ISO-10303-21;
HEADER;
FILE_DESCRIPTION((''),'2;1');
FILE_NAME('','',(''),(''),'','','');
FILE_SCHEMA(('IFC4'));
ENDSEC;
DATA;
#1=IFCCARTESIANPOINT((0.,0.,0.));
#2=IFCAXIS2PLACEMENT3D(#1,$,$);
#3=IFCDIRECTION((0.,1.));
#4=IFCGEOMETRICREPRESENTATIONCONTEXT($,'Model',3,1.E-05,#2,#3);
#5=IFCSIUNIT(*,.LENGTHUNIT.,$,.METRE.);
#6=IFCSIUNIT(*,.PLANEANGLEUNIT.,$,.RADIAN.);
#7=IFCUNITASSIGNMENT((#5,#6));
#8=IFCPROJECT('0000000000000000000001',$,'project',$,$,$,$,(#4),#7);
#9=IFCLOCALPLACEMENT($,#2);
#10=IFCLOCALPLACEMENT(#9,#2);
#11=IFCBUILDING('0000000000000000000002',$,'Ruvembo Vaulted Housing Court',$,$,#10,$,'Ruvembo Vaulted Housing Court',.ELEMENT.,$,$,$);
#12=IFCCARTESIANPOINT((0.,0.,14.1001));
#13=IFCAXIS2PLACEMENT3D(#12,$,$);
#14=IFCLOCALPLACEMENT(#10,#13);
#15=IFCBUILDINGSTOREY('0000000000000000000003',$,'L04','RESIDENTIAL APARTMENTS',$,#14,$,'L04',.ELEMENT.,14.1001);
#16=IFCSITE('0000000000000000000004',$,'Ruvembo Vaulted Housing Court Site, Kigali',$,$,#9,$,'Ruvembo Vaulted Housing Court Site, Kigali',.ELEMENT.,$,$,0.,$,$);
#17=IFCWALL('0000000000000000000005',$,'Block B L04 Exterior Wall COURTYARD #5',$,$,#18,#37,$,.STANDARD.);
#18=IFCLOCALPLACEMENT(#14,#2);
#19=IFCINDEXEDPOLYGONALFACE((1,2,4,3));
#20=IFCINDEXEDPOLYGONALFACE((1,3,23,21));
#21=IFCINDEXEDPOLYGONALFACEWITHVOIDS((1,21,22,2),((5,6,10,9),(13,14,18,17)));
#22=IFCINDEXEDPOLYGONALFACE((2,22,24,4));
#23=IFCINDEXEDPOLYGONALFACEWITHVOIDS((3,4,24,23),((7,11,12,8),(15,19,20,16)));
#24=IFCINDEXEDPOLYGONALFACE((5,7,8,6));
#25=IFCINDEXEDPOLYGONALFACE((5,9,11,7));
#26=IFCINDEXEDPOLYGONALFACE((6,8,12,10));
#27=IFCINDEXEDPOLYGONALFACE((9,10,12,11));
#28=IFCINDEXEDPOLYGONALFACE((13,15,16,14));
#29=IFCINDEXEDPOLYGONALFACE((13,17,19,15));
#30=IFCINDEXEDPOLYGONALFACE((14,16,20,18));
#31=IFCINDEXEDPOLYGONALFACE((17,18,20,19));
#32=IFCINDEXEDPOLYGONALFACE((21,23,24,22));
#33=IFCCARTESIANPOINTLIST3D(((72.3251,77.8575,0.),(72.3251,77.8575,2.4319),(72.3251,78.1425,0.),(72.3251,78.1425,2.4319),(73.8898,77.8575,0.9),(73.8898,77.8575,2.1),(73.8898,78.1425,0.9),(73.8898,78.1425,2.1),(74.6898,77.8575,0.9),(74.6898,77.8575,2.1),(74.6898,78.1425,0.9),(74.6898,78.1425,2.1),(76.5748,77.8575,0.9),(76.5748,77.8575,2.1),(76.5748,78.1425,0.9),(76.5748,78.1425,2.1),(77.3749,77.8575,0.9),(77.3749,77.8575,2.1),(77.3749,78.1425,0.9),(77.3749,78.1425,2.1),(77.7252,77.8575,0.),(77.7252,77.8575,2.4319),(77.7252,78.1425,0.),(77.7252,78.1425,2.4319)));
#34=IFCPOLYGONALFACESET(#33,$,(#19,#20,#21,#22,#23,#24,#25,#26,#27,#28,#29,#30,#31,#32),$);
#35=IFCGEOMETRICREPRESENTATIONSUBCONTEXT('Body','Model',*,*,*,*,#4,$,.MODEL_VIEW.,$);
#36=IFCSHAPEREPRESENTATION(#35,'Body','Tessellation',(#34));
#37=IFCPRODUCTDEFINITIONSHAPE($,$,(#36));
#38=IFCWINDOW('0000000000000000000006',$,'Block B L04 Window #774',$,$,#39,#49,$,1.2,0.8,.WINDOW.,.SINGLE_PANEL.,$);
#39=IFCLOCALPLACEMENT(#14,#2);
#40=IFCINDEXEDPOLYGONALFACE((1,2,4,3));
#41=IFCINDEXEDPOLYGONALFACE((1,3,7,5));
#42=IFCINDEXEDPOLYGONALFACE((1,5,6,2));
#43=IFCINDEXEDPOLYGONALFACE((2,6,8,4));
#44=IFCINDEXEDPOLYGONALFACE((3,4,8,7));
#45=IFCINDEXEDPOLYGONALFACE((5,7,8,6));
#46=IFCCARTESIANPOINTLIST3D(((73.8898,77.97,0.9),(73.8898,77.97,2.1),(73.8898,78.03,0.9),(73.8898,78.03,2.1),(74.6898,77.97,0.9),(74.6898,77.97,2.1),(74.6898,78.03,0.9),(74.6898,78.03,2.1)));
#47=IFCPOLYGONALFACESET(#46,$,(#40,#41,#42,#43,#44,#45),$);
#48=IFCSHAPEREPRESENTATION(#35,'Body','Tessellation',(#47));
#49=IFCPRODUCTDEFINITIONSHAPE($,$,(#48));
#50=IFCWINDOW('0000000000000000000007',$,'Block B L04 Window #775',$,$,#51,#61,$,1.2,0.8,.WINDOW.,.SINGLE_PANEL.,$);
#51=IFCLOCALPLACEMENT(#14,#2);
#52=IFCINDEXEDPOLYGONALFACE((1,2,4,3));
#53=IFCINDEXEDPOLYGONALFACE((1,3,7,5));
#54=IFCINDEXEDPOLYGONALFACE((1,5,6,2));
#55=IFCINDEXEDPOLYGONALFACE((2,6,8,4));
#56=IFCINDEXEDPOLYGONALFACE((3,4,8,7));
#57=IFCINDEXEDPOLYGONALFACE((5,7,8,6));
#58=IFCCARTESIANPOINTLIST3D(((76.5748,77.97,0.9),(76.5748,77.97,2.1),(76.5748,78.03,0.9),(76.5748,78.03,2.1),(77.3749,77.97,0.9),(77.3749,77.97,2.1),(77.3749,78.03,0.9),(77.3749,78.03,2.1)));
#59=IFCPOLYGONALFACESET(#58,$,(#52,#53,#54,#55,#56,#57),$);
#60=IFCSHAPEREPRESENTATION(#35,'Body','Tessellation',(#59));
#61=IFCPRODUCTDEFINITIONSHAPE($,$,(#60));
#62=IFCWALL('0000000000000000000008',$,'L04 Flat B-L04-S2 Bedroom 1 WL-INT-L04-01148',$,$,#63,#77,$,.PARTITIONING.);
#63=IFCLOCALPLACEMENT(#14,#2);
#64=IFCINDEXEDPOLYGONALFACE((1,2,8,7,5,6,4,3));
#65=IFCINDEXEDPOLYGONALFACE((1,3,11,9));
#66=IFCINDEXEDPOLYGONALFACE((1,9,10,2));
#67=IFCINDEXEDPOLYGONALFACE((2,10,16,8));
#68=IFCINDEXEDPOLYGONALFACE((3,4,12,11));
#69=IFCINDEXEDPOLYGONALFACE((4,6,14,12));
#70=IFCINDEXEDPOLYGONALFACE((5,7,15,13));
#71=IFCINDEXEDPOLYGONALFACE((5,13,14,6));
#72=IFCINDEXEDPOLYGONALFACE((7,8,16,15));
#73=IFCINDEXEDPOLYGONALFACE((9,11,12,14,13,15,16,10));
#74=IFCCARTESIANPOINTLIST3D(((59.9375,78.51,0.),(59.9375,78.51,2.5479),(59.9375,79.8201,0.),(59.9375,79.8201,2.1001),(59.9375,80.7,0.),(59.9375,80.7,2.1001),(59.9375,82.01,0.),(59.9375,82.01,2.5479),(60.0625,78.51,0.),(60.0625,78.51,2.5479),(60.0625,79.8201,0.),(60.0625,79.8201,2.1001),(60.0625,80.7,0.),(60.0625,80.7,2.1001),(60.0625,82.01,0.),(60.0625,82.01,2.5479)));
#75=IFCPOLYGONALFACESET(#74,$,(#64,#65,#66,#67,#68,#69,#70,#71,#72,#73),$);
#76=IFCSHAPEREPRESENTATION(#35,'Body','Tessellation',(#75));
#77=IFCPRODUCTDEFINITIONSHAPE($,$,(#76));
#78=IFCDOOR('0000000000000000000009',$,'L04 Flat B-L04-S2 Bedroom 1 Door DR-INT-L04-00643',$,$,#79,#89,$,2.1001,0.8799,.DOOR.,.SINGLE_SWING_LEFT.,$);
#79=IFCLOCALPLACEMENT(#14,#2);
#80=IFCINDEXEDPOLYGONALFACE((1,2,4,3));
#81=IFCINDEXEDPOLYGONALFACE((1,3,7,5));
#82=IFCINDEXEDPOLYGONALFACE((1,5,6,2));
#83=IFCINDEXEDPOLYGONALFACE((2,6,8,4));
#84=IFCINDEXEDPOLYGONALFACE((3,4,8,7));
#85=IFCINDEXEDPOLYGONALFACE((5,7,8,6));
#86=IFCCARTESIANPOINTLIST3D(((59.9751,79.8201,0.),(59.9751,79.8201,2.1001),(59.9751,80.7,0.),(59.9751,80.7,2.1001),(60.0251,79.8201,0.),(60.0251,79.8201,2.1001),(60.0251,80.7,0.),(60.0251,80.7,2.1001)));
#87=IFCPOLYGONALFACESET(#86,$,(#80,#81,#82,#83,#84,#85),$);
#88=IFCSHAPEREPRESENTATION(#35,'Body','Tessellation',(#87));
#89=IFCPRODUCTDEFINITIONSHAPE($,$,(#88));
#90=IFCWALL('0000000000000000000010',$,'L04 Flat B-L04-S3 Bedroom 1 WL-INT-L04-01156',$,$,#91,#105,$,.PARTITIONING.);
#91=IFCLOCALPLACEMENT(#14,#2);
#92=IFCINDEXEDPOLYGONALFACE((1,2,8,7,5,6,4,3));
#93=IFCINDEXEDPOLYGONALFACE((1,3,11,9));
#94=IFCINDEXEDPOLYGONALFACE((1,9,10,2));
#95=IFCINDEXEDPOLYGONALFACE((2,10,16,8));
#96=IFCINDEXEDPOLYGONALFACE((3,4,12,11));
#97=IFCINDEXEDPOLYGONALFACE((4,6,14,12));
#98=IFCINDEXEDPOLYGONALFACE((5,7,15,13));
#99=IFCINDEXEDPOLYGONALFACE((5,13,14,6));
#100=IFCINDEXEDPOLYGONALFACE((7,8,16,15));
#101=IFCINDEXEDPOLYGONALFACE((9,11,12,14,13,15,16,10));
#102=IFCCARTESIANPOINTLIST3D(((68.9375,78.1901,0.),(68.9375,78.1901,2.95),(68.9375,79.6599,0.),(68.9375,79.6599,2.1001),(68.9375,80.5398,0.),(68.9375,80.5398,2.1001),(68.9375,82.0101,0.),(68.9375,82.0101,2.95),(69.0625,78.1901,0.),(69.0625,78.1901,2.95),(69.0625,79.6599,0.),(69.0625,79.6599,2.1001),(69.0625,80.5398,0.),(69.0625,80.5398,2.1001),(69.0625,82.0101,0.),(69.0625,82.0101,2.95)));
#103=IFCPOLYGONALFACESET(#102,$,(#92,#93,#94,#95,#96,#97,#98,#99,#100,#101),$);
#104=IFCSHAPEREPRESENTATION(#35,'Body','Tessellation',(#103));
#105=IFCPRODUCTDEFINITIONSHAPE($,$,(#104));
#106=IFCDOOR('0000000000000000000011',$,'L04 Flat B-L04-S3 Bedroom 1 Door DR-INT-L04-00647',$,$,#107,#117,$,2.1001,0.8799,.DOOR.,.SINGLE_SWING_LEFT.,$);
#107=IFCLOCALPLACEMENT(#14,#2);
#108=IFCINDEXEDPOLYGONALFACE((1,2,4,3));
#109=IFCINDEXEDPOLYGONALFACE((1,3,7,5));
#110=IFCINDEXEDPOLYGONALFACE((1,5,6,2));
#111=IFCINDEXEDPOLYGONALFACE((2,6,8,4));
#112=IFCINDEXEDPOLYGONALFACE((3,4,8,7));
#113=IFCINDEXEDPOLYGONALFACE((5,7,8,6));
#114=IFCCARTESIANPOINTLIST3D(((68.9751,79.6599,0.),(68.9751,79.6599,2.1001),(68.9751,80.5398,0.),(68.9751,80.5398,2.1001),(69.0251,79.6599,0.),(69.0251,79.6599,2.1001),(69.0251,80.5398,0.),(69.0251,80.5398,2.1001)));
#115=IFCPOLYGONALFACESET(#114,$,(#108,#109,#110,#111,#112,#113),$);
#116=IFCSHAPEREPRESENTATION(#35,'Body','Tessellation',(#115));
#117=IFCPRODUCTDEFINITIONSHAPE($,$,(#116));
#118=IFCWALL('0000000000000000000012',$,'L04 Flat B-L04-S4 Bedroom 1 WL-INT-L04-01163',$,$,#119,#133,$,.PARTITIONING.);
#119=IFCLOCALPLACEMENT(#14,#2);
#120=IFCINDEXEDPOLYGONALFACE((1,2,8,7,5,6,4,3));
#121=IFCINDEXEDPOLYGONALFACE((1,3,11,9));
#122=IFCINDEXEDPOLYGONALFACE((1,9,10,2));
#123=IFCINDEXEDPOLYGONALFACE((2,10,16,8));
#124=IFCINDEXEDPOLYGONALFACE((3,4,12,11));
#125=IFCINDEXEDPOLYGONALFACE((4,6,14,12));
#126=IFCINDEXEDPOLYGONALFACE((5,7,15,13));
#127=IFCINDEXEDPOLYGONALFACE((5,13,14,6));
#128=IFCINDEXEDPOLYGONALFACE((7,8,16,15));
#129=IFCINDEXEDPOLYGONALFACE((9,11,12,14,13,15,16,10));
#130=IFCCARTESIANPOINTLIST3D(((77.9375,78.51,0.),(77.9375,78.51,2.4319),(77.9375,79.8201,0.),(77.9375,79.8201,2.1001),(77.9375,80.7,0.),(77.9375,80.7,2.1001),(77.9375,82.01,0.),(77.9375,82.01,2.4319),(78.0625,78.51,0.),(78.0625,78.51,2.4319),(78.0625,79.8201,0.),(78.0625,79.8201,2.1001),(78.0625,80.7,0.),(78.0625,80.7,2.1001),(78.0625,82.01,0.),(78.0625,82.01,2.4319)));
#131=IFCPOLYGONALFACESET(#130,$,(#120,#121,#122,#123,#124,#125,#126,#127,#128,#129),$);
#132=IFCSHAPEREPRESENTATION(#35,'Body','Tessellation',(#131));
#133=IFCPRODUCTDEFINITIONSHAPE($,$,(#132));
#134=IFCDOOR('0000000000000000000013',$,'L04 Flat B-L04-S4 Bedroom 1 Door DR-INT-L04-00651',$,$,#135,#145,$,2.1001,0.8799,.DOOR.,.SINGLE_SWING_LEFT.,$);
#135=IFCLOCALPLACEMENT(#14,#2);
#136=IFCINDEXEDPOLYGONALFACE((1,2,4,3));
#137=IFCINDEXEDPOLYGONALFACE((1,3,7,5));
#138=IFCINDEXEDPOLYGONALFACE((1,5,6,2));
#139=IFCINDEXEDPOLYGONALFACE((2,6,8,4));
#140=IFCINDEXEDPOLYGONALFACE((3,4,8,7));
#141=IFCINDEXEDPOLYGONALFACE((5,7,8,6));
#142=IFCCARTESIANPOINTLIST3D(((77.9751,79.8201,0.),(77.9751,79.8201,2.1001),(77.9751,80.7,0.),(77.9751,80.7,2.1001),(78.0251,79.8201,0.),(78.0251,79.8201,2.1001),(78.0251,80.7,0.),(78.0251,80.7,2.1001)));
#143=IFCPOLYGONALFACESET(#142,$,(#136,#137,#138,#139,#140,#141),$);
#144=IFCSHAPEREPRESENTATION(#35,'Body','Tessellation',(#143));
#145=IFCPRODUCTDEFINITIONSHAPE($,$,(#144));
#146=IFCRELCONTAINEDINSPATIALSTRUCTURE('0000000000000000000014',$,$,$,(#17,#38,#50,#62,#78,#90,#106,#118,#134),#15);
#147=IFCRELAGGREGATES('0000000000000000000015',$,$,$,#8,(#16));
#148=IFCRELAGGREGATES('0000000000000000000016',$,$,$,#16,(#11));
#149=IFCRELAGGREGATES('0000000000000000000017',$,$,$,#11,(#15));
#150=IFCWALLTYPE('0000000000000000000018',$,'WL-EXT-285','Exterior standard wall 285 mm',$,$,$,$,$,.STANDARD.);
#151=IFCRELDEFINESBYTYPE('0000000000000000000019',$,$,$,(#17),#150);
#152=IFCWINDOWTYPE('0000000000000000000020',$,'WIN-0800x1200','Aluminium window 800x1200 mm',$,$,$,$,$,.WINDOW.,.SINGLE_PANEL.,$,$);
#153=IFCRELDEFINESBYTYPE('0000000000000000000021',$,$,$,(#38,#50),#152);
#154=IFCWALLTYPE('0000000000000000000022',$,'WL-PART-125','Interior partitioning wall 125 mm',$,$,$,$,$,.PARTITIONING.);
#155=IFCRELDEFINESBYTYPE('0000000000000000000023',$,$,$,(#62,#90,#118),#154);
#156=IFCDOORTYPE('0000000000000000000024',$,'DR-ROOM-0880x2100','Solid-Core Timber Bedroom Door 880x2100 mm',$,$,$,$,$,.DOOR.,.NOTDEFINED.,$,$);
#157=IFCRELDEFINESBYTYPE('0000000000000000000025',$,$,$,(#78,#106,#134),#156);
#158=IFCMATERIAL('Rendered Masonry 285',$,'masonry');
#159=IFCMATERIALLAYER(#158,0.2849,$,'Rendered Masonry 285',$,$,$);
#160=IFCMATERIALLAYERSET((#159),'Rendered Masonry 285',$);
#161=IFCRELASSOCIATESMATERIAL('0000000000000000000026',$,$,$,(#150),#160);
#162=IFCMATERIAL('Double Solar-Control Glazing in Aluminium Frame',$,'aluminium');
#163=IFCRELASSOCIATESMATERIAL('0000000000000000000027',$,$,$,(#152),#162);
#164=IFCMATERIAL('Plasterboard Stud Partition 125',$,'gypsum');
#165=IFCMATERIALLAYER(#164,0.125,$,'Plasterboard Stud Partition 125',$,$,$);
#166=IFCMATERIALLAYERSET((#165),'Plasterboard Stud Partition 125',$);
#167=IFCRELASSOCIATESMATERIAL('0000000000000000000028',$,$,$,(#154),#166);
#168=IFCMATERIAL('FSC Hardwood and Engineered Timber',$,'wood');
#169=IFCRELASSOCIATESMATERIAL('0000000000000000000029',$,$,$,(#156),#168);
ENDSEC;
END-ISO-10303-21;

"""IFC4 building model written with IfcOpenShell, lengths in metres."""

from ifc_helpers import new_model, si_unit, direction, frame, frame_2d, origin, place, context, subcontext, project, spatial, rectangle, extrude, material, layer, layer_set, type_object, element, fill, save


model = new_model("IFC4")

# Units and contexts
model_context = context("Model", 3, precision=1e-05, world=origin(), true_north=direction((0.0, 1.0)))
body_context = subcontext(model_context, "Body", "Model", "MODEL_VIEW")
ifc_project = project(units=[si_unit("LENGTHUNIT", "METRE"), si_unit("PLANEANGLEUNIT", "RADIAN")], contexts=[model_context])

# Site, building, storey
site_placement = place(None, origin())
site = spatial("IfcSite", under=ifc_project, at=site_placement, Name="Ruvembo Vaulted Housing Court Site, Kigali", LongName="Ruvembo Vaulted Housing Court Site, Kigali", CompositionType="ELEMENT", RefElevation=0.0)
building_placement = place(site_placement, origin())
building = spatial("IfcBuilding", under=site, at=building_placement, Name="Ruvembo Vaulted Housing Court", LongName="Ruvembo Vaulted Housing Court", CompositionType="ELEMENT")
storey_placement = place(building_placement, frame((0.0, 0.0, 14.1001)))
storey = spatial("IfcBuildingStorey", under=building, at=storey_placement, Name="L04", Description="RESIDENTIAL APARTMENTS", LongName="L04", CompositionType="ELEMENT", Elevation=14.1001)

# Wall, openings, windows
ifc_material_1 = material(Name="Rendered Masonry 285", Category="masonry")
ifc_layer_1 = layer(ifc_material_1, 0.2849, Name="Rendered Masonry 285")
ifc_layer_set_1 = layer_set([ifc_layer_1], Name="Rendered Masonry 285")
wall_type_1 = type_object("IfcWallType", Name="WL-EXT-285", Description="Exterior standard wall 285 mm", PredefinedType="STANDARD", material=ifc_layer_set_1)
ifc_material_2 = material(Name="Double Solar-Control Glazing in Aluminium Frame", Category="aluminium")
wall_1_placement = place(storey_placement, frame((72.325, 78.0, 0.0), z_axis=(0.0, 0.0, 1.0), x_axis=(1.0, 0.0, 0.0)))
wall_1 = element("IfcWall", 1, at=wall_1_placement, inside=storey, type_object=wall_type_1, Name="Block B L04 Exterior Wall COURTYARD #5", PredefinedType="STANDARD", context=body_context, shape_type="SweptSolid", body=[
    extrude(rectangle(XDim=5.4001, YDim=0.2849, at=frame_2d((2.7002, 0.0))), origin(), (0.0, 0.0, 1.0), 2.4319),
])
opening_1_placement = place(wall_1_placement, frame((1.5649, 0.0, 0.8999)))
opening_1 = element("IfcOpeningElement", 2, at=opening_1_placement, cuts=wall_1, PredefinedType="OPENING", context=body_context, shape_type="SweptSolid", body=[
    extrude(rectangle(XDim=0.8, YDim=1.2, at=frame_2d((0.3999, 0.6001))), frame((0.0, 0.1523, 0.0), z_axis=(0.0, -1.0, 0.0), x_axis=(1.0, 0.0, 0.0)), (0.0, 0.0, 1.0), 0.3049),
])
opening_2_placement = place(wall_1_placement, frame((4.25, 0.0, 0.8999)))
opening_2 = element("IfcOpeningElement", 3, at=opening_2_placement, cuts=wall_1, PredefinedType="OPENING", context=body_context, shape_type="SweptSolid", body=[
    extrude(rectangle(XDim=0.8, YDim=1.2, at=frame_2d((0.3999, 0.6001))), frame((0.0, 0.1523, 0.0), z_axis=(0.0, -1.0, 0.0), x_axis=(1.0, 0.0, 0.0)), (0.0, 0.0, 1.0), 0.3049),
])
window_type_1 = type_object("IfcWindowType", Name="WIN-0800x1200", Description="Aluminium window 800x1200 mm", PartitioningType="SINGLE_PANEL", PredefinedType="WINDOW", material=ifc_material_2)
window_1_placement = place(opening_1_placement, origin())
window_1 = element("IfcWindow", 4, at=window_1_placement, inside=storey, type_object=window_type_1, Name="Block B L04 Window #774", OverallHeight=1.2, OverallWidth=0.8, PartitioningType="SINGLE_PANEL", PredefinedType="WINDOW", context=body_context, shape_type="SweptSolid", body=[
    extrude(rectangle(XDim=0.8, YDim=1.2, at=frame_2d((0.3999, 0.6001))), frame((0.0, 0.03, 0.0), z_axis=(0.0, -1.0, 0.0), x_axis=(1.0, 0.0, 0.0)), (0.0, 0.0, 1.0), 0.0601),
])
fill(opening_1, window_1)
window_2_placement = place(opening_2_placement, origin())
window_2 = element("IfcWindow", 5, at=window_2_placement, inside=storey, type_object=window_type_1, Name="Block B L04 Window #775", OverallHeight=1.2, OverallWidth=0.8, PartitioningType="SINGLE_PANEL", PredefinedType="WINDOW", context=body_context, shape_type="SweptSolid", body=[
    extrude(rectangle(XDim=0.8, YDim=1.2, at=frame_2d((0.3999, 0.6001))), frame((0.0, 0.03, 0.0), z_axis=(0.0, -1.0, 0.0), x_axis=(1.0, 0.0, 0.0)), (0.0, 0.0, 1.0), 0.0601),
])
fill(opening_2, window_2)

# Walls, openings, doors
ifc_material_3 = material(Name="Plasterboard Stud Partition 125", Category="gypsum")
ifc_layer_2 = layer(ifc_material_3, 0.125, Name="Plasterboard Stud Partition 125")
ifc_layer_set_2 = layer_set([ifc_layer_2], Name="Plasterboard Stud Partition 125")
wall_type_2 = type_object("IfcWallType", Name="WL-PART-125", Description="Interior partitioning wall 125 mm", PredefinedType="PARTITIONING", material=ifc_layer_set_2)
wall_2_placement = place(storey_placement, frame((60.0, 78.51, 0.0), z_axis=(0.0, 0.0, 1.0), x_axis=(0.0, 1.0, 0.0)))
wall_2 = element("IfcWall", 6, at=wall_2_placement, inside=storey, type_object=wall_type_2, Name="L04 Flat B-L04-S2 Bedroom 1 WL-INT-L04-01148", PredefinedType="PARTITIONING", context=body_context, shape_type="SweptSolid", body=[
    extrude(rectangle(XDim=3.5, YDim=0.125, at=frame_2d((1.75, 0.0))), origin(), (0.0, 0.0, 1.0), 2.5479),
])
opening_3_placement = place(wall_2_placement, frame((1.3101, 0.0, 0.0)))
opening_3 = element("IfcOpeningElement", 7, at=opening_3_placement, cuts=wall_2, PredefinedType="OPENING", context=body_context, shape_type="SweptSolid", body=[
    extrude(rectangle(XDim=0.8799, YDim=2.1001, at=frame_2d((0.4399, 1.05))), frame((0.0, 0.0725, 0.0), z_axis=(0.0, -1.0, 0.0), x_axis=(1.0, 0.0, 0.0)), (0.0, 0.0, 1.0), 0.145),
])
ifc_material_4 = material(Name="FSC Hardwood and Engineered Timber", Category="wood")
door_type = type_object("IfcDoorType", Name="DR-ROOM-0880x2100", Description="Solid-Core Timber Bedroom Door 880x2100 mm", OperationType="NOTDEFINED", PredefinedType="DOOR", material=ifc_material_4)
door_1_placement = place(opening_3_placement, origin())
door_1 = element("IfcDoor", 8, at=door_1_placement, inside=storey, type_object=door_type, Name="L04 Flat B-L04-S2 Bedroom 1 Door DR-INT-L04-00643", OperationType="SINGLE_SWING_LEFT", OverallHeight=2.1001, OverallWidth=0.8799, PredefinedType="DOOR", context=body_context, shape_type="SweptSolid", body=[
    extrude(rectangle(XDim=0.8799, YDim=2.1001, at=frame_2d((0.4399, 1.05))), frame((0.0, 0.0249, 0.0), z_axis=(0.0, -1.0, 0.0), x_axis=(1.0, 0.0, 0.0)), (0.0, 0.0, 1.0), 0.05),
])
fill(opening_3, door_1)
wall_3_placement = place(storey_placement, frame((69.0, 78.1899, 0.0), z_axis=(0.0, 0.0, 1.0), x_axis=(0.0, 1.0, 0.0)))
wall_3 = element("IfcWall", 9, at=wall_3_placement, inside=storey, type_object=wall_type_2, Name="L04 Flat B-L04-S3 Bedroom 1 WL-INT-L04-01156", PredefinedType="PARTITIONING", context=body_context, shape_type="SweptSolid", body=[
    extrude(rectangle(XDim=3.8201, YDim=0.125, at=frame_2d((1.9102, 0.0))), origin(), (0.0, 0.0, 1.0), 2.95),
])
opening_4_placement = place(wall_3_placement, frame((1.47, 0.0, 0.0)))
opening_4 = element("IfcOpeningElement", 10, at=opening_4_placement, cuts=wall_3, PredefinedType="OPENING", context=body_context, shape_type="SweptSolid", body=[
    extrude(rectangle(XDim=0.8799, YDim=2.1001, at=frame_2d((0.4399, 1.05))), frame((0.0, 0.0725, 0.0), z_axis=(0.0, -1.0, 0.0), x_axis=(1.0, 0.0, 0.0)), (0.0, 0.0, 1.0), 0.145),
])
door_2_placement = place(opening_4_placement, origin())
door_2 = element("IfcDoor", 11, at=door_2_placement, inside=storey, type_object=door_type, Name="L04 Flat B-L04-S3 Bedroom 1 Door DR-INT-L04-00647", OperationType="SINGLE_SWING_LEFT", OverallHeight=2.1001, OverallWidth=0.8799, PredefinedType="DOOR", context=body_context, shape_type="SweptSolid", body=[
    extrude(rectangle(XDim=0.8799, YDim=2.1001, at=frame_2d((0.4399, 1.05))), frame((0.0, 0.0249, 0.0), z_axis=(0.0, -1.0, 0.0), x_axis=(1.0, 0.0, 0.0)), (0.0, 0.0, 1.0), 0.05),
])
fill(opening_4, door_2)
wall_4_placement = place(storey_placement, frame((78.0, 78.51, 0.0), z_axis=(0.0, 0.0, 1.0), x_axis=(0.0, 1.0, 0.0)))
wall_4 = element("IfcWall", 12, at=wall_4_placement, inside=storey, type_object=wall_type_2, Name="L04 Flat B-L04-S4 Bedroom 1 WL-INT-L04-01163", PredefinedType="PARTITIONING", context=body_context, shape_type="SweptSolid", body=[
    extrude(rectangle(XDim=3.5, YDim=0.125, at=frame_2d((1.75, 0.0))), origin(), (0.0, 0.0, 1.0), 2.4319),
])
opening_5_placement = place(wall_4_placement, frame((1.3101, 0.0, 0.0)))
opening_5 = element("IfcOpeningElement", 13, at=opening_5_placement, cuts=wall_4, PredefinedType="OPENING", context=body_context, shape_type="SweptSolid", body=[
    extrude(rectangle(XDim=0.8799, YDim=2.1001, at=frame_2d((0.4399, 1.05))), frame((0.0, 0.0725, 0.0), z_axis=(0.0, -1.0, 0.0), x_axis=(1.0, 0.0, 0.0)), (0.0, 0.0, 1.0), 0.145),
])
door_3_placement = place(opening_5_placement, origin())
door_3 = element("IfcDoor", 14, at=door_3_placement, inside=storey, type_object=door_type, Name="L04 Flat B-L04-S4 Bedroom 1 Door DR-INT-L04-00651", OperationType="SINGLE_SWING_LEFT", OverallHeight=2.1001, OverallWidth=0.8799, PredefinedType="DOOR", context=body_context, shape_type="SweptSolid", body=[
    extrude(rectangle(XDim=0.8799, YDim=2.1001, at=frame_2d((0.4399, 1.05))), frame((0.0, 0.0249, 0.0), z_axis=(0.0, -1.0, 0.0), x_axis=(1.0, 0.0, 0.0)), (0.0, 0.0, 1.0), 0.05),
])
fill(opening_5, door_3)

save(model, "model.ifc")
